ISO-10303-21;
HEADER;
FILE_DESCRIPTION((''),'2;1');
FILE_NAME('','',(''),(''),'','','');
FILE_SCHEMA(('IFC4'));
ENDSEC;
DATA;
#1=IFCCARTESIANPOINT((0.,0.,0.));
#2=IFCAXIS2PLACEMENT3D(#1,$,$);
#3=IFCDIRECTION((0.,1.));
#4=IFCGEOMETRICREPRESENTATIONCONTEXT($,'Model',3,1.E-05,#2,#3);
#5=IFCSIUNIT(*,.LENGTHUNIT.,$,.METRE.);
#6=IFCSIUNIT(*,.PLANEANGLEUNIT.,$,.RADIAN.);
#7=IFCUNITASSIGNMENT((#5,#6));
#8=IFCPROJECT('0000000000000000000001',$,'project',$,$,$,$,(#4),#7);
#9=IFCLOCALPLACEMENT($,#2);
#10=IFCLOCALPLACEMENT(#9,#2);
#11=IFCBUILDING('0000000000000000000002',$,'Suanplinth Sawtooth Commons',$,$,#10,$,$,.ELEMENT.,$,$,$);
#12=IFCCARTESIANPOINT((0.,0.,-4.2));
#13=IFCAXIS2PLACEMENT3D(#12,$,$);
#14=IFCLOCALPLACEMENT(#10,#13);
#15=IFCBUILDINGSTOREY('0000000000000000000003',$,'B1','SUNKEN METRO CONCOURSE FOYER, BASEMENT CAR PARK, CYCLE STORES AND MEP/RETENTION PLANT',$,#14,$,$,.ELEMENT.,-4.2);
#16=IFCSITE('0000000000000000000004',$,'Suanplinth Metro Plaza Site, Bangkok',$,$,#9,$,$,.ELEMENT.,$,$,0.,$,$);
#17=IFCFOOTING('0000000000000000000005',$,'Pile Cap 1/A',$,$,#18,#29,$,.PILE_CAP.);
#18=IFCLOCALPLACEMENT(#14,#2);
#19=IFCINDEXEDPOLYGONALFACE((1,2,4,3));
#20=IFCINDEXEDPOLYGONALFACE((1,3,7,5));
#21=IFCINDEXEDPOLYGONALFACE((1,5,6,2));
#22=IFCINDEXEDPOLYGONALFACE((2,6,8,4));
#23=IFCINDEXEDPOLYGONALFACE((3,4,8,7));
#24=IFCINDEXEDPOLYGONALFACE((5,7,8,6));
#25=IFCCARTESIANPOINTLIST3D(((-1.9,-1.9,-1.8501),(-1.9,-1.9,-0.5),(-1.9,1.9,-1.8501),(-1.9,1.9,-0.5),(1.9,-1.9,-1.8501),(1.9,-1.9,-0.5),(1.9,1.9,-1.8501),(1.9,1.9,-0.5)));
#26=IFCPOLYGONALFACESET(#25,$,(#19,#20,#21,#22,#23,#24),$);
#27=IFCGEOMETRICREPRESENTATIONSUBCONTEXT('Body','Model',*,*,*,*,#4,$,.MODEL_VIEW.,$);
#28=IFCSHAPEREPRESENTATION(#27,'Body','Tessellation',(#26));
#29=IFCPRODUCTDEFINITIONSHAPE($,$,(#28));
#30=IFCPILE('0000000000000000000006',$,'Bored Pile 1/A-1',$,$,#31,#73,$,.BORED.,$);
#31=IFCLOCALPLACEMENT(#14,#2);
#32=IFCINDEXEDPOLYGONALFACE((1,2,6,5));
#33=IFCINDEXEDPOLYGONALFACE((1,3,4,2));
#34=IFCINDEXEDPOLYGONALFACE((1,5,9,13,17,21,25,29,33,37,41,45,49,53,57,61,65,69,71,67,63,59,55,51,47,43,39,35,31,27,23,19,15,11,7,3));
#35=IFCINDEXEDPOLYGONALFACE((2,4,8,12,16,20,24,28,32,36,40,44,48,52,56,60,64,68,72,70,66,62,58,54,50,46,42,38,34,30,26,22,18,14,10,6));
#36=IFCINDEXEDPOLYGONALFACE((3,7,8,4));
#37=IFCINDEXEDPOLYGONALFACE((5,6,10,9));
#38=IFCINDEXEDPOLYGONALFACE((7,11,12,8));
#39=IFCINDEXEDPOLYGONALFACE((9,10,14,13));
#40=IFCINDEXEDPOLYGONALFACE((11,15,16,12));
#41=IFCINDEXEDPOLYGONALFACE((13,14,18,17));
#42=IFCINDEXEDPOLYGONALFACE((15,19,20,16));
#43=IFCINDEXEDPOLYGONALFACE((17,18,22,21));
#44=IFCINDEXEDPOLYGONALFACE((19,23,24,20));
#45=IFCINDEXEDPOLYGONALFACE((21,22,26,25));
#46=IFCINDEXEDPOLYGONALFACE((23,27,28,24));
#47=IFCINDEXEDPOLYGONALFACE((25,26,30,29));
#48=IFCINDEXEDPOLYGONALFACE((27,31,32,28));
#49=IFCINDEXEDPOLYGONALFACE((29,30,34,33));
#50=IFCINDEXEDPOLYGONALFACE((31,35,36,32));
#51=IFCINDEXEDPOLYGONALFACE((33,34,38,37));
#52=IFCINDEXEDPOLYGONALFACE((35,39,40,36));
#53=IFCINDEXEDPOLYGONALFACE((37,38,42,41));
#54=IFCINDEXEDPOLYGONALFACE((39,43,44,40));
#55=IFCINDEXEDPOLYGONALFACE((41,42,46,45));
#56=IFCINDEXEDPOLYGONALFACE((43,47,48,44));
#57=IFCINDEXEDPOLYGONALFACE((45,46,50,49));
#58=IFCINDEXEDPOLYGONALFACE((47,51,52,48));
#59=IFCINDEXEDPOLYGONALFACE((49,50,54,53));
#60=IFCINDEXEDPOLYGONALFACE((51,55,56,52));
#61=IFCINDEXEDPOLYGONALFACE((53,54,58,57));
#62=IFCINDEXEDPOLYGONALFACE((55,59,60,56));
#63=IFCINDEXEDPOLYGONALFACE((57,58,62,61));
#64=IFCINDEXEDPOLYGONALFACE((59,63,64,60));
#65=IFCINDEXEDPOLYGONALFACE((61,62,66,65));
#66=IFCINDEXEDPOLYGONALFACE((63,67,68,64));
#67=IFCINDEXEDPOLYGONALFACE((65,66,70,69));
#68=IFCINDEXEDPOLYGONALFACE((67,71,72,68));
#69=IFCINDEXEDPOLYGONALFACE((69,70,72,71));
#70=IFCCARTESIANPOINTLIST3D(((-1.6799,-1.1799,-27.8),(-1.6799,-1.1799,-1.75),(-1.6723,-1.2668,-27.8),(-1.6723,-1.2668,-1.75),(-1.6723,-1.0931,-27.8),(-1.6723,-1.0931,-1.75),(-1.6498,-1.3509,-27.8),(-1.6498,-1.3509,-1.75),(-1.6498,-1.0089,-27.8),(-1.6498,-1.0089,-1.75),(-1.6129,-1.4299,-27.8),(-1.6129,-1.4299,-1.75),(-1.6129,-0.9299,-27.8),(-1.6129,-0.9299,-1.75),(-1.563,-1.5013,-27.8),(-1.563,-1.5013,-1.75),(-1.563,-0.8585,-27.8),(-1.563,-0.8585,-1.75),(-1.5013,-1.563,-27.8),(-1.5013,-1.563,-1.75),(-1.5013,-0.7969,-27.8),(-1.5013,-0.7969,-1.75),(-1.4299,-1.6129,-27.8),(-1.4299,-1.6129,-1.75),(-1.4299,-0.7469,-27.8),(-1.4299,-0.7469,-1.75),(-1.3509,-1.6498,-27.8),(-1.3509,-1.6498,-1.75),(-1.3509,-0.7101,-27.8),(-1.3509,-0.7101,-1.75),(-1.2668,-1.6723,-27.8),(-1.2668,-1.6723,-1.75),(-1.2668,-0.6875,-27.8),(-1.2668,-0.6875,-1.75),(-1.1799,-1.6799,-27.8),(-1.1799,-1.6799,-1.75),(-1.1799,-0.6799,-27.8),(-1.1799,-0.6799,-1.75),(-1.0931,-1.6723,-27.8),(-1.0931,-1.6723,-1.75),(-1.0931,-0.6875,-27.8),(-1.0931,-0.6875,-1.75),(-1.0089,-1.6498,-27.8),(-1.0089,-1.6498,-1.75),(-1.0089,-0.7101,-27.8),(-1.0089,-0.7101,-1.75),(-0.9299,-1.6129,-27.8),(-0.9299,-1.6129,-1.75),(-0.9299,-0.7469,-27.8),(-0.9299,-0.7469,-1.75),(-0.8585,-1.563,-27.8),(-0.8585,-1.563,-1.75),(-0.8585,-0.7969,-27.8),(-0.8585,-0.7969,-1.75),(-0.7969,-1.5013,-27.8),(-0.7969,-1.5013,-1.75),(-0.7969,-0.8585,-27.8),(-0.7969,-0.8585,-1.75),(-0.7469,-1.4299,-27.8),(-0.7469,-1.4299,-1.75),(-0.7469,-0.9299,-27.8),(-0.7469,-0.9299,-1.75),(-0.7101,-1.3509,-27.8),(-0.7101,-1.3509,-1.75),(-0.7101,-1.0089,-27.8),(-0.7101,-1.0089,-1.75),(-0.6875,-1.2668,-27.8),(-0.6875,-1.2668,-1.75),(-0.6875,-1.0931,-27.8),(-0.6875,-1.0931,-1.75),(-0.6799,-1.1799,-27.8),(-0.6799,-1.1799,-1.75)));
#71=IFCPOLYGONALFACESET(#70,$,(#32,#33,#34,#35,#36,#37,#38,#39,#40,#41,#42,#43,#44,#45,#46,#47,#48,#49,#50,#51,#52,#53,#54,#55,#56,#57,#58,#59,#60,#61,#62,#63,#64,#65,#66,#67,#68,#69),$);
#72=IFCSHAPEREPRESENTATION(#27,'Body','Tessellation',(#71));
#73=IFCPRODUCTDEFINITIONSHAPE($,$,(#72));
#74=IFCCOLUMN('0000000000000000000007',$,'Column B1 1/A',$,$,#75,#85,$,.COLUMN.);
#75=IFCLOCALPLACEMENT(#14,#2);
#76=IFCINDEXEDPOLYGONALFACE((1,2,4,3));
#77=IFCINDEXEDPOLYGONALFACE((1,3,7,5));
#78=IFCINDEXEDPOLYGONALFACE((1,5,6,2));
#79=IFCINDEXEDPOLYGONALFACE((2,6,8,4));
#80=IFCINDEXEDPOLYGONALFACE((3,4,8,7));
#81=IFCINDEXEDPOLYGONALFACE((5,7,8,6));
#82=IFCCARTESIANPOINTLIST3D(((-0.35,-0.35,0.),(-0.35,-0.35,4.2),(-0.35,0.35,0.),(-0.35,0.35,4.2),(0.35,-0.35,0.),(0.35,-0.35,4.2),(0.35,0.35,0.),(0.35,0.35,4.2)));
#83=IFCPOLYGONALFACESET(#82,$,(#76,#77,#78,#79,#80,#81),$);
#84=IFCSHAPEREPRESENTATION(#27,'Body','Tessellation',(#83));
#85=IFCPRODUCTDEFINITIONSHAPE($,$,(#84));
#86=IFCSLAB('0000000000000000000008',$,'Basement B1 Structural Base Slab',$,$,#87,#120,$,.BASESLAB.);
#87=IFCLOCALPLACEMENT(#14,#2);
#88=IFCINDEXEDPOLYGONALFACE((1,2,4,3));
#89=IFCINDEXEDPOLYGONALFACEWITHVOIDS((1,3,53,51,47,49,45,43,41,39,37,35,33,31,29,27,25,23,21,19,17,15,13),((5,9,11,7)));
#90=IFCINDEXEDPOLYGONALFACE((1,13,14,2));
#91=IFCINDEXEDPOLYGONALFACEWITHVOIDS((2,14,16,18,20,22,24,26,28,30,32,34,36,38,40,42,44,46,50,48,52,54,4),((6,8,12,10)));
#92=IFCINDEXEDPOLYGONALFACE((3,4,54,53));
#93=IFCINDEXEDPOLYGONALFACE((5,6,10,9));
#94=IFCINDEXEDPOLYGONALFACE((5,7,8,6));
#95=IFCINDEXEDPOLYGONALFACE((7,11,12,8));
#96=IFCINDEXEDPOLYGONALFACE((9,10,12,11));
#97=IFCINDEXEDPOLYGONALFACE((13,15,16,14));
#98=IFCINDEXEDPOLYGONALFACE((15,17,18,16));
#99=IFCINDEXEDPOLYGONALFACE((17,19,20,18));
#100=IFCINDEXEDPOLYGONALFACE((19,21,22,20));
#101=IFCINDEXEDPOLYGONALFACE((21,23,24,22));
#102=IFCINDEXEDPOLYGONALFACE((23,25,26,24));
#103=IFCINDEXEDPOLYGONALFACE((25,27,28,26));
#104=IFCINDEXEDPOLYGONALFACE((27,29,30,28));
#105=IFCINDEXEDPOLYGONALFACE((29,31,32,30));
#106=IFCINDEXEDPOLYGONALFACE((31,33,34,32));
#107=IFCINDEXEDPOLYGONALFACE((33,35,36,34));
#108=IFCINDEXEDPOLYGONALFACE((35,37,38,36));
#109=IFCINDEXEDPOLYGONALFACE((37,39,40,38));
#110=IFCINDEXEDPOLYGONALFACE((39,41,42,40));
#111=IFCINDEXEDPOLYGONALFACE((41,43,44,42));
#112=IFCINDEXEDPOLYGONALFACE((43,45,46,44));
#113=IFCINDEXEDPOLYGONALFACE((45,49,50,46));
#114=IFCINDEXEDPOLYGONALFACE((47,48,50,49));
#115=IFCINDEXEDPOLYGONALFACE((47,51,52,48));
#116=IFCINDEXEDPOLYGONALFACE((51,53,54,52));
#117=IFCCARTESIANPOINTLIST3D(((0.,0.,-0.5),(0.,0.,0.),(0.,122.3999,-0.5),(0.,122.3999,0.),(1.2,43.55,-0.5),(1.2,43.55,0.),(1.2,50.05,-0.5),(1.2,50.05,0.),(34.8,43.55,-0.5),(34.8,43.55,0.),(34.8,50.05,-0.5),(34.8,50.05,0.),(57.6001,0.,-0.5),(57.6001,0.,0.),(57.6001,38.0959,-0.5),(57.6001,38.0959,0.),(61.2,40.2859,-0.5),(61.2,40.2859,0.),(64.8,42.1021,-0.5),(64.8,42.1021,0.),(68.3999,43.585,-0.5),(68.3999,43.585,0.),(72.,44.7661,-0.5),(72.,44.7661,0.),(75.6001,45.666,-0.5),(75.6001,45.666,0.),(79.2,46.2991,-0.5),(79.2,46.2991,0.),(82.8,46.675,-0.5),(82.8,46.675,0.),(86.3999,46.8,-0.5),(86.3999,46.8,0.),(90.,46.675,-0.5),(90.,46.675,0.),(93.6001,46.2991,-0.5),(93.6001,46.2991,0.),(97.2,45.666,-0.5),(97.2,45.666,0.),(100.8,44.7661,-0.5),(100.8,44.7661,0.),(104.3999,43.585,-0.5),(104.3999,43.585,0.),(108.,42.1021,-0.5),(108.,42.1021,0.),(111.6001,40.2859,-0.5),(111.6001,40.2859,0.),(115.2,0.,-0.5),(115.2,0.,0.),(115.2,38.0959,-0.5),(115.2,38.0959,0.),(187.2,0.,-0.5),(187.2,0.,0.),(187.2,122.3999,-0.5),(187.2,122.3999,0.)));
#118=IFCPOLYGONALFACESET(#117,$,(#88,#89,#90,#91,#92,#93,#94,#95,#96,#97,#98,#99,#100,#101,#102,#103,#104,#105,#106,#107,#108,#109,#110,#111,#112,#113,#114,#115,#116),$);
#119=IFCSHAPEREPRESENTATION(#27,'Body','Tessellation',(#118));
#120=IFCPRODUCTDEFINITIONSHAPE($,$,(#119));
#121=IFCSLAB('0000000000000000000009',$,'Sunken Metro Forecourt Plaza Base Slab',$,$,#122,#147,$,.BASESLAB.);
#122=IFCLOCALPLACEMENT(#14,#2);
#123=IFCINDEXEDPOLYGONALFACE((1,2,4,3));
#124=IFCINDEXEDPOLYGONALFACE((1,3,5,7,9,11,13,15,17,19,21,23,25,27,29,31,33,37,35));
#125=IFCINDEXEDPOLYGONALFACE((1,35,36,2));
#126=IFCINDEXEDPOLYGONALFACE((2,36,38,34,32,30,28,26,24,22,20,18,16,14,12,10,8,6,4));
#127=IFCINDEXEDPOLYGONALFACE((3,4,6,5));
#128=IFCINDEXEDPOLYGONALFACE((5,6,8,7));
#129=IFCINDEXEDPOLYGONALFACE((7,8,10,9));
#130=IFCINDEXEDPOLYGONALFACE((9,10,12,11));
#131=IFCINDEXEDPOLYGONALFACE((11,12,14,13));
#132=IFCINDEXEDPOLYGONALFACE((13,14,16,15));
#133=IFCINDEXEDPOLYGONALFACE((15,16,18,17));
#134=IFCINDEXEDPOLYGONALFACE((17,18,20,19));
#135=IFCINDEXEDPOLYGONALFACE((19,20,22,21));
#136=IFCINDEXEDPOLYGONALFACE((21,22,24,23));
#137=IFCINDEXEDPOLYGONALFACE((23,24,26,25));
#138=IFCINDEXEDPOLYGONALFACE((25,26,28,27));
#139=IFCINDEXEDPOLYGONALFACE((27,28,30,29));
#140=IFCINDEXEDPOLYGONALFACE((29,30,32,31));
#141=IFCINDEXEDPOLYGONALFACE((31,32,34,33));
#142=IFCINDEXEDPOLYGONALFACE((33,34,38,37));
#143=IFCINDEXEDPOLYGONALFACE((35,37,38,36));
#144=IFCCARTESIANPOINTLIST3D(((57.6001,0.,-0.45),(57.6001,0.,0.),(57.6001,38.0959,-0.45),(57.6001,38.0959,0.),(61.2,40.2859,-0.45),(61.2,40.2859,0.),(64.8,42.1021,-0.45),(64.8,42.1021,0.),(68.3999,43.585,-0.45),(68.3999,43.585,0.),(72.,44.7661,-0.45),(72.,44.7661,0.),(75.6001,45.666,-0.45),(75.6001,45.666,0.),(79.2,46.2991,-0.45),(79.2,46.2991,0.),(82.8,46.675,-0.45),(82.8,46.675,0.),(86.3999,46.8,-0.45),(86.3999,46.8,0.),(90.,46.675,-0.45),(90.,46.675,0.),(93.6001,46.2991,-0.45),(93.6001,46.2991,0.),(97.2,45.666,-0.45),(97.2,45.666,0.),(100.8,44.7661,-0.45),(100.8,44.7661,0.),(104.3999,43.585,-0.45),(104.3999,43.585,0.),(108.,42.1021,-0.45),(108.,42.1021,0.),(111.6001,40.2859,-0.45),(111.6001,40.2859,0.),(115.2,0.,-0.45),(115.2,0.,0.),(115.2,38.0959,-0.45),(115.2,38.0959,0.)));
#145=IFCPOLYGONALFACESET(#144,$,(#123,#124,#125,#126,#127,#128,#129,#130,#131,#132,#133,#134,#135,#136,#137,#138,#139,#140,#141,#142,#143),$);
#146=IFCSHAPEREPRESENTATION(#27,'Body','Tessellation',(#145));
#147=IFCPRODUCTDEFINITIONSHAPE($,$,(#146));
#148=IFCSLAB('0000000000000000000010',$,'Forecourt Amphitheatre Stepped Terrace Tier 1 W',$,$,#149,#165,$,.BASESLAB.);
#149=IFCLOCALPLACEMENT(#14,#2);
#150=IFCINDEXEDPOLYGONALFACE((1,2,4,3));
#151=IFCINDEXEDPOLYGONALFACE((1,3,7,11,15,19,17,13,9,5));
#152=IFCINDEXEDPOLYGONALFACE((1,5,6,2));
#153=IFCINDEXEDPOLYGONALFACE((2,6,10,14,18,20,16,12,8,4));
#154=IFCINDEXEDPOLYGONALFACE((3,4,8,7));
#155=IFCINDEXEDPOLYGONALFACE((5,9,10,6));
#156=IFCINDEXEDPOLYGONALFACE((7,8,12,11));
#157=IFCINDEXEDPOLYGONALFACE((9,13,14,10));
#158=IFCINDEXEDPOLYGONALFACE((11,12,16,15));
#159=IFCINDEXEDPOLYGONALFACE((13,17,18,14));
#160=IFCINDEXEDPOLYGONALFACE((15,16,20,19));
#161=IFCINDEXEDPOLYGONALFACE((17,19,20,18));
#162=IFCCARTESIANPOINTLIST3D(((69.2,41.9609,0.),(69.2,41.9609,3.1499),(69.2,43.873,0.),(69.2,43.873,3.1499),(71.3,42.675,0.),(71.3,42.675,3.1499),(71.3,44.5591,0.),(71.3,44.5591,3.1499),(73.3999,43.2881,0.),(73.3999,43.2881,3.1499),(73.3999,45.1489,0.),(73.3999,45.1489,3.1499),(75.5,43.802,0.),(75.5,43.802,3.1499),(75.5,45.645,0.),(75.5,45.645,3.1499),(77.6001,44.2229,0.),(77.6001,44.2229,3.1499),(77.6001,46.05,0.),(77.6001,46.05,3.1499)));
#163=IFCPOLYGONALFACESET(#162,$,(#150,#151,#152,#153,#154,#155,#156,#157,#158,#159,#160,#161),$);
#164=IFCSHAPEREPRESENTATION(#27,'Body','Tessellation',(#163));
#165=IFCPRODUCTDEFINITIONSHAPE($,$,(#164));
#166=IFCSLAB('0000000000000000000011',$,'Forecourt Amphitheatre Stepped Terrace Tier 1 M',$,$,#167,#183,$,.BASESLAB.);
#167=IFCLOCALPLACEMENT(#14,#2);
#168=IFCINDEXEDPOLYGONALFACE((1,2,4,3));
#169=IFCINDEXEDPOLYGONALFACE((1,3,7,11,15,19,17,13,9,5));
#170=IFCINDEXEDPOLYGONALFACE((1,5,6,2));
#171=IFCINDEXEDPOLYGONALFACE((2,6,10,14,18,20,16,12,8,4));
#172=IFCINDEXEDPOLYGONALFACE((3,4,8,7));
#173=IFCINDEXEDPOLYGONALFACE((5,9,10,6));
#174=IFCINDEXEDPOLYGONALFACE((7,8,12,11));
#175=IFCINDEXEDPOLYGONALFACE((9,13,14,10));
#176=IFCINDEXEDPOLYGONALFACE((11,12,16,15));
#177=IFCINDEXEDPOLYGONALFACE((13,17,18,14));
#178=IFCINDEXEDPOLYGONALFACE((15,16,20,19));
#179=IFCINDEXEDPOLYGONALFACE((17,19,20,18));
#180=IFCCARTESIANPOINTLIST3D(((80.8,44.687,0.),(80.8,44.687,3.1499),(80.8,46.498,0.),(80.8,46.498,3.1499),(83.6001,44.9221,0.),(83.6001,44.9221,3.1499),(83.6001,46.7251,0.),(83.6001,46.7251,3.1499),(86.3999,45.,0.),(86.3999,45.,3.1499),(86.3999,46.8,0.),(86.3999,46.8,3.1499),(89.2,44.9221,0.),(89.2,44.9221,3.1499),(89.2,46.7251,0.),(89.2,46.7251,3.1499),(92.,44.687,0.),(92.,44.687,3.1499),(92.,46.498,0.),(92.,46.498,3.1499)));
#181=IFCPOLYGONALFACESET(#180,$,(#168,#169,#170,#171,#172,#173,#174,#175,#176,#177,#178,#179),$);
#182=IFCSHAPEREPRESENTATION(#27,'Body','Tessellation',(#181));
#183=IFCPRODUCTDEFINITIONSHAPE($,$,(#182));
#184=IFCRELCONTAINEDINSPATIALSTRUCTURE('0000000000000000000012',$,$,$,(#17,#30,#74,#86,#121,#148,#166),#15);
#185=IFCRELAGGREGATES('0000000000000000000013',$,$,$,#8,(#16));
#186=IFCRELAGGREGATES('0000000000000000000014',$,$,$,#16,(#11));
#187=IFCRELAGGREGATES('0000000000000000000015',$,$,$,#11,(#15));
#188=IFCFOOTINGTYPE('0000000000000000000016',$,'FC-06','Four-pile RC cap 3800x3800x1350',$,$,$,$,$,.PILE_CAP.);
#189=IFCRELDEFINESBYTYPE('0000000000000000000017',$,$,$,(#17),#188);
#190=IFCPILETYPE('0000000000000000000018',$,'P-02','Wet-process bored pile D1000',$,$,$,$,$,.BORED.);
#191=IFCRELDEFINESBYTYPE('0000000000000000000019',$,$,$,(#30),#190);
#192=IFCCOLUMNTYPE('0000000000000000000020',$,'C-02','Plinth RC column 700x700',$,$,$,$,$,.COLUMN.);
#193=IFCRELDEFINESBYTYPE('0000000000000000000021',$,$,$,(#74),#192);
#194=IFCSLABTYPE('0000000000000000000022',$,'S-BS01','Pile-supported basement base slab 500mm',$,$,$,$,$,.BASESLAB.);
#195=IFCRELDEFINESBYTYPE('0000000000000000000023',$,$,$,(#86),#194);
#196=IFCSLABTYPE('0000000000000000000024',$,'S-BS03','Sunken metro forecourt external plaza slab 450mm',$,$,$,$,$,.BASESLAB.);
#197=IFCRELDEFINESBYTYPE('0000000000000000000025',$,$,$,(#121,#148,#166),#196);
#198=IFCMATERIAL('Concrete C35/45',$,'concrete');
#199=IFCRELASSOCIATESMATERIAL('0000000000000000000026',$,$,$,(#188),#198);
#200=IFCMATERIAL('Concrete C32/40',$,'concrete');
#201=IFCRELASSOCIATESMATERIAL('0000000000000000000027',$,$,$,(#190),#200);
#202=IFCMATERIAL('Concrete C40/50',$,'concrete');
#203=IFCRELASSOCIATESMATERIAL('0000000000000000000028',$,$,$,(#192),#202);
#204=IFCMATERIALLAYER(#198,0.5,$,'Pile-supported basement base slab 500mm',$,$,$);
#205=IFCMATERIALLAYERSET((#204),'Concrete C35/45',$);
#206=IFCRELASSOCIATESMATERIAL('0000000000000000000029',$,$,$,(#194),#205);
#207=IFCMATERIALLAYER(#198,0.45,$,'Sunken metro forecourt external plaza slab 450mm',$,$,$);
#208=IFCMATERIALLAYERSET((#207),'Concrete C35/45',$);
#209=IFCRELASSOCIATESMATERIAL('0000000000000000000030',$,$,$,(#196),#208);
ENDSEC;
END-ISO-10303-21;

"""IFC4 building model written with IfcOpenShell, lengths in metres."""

from ifc_helpers import new_model, si_unit, direction, frame, origin, origin_with_axes, origin_2d, place, context, subcontext, project, spatial, polyline, rectangle, circle, outline, extrude, material, layer, layer_set, material_profile, profile_set, type_object, element, save


model = new_model("IFC4")

# Units and contexts
model_context = context("Model", 3, precision=1e-05, world=origin(), true_north=direction((0.0, 1.0)))
body_context = subcontext(model_context, "Body", "Model", "MODEL_VIEW")
ifc_project = project(units=[si_unit("LENGTHUNIT", "METRE"), si_unit("PLANEANGLEUNIT", "RADIAN")], contexts=[model_context])

# Site, building, storey
site_placement = place(None, origin())
site = spatial("IfcSite", under=ifc_project, at=site_placement, Name="Suanplinth Metro Plaza Site, Bangkok", CompositionType="ELEMENT", RefElevation=0.0)
building_placement = place(site_placement, origin())
building = spatial("IfcBuilding", under=site, at=building_placement, Name="Suanplinth Sawtooth Commons", CompositionType="ELEMENT")
storey_placement = place(building_placement, frame((0.0, 0.0, -4.2)))
storey = spatial("IfcBuildingStorey", under=building, at=storey_placement, Name="B1", Description="SUNKEN METRO CONCOURSE FOYER, BASEMENT CAR PARK, CYCLE STORES AND MEP/RETENTION PLANT", CompositionType="ELEMENT", Elevation=-4.2)

# Footing
ifc_material_1 = material(Name="Concrete C35/45", Category="concrete")
footing_type = type_object("IfcFootingType", Name="FC-06", Description="Four-pile RC cap 3800x3800x1350", PredefinedType="PILE_CAP", material=ifc_material_1)
footing_placement = place(storey_placement, frame((0.0, 0.0, -1.8501), z_axis=(0.0, 0.0, 1.0), x_axis=(1.0, 0.0, 0.0)))
element("IfcFooting", 1, at=footing_placement, inside=storey, type_object=footing_type, Name="Pile Cap 1/A", PredefinedType="PILE_CAP", context=body_context, shape_type="SweptSolid", body=[
    extrude(rectangle(XDim=3.8, YDim=3.8, at=origin_2d()), origin(), (0.0, 0.0, 1.0), 1.3501),
])

# Pile
ifc_material_2 = material(Name="Concrete C32/40", Category="concrete")
ifc_material_profile_1 = material_profile(ifc_material_2, circle(Radius=0.5, at=origin_2d()), Name="PILE D1000")
ifc_profile_set_1 = profile_set([ifc_material_profile_1], Name="Concrete C32/40")
pile_type = type_object("IfcPileType", Name="P-02", Description="Wet-process bored pile D1000", PredefinedType="BORED", material=ifc_profile_set_1)
pile_placement = place(storey_placement, frame((-1.1799, -1.1799, -1.75), z_axis=(0.0, 0.0, -1.0), x_axis=(1.0, 0.0, 0.0)))
element("IfcPile", 2, at=pile_placement, inside=storey, type_object=pile_type, Name="Bored Pile 1/A-1", PredefinedType="BORED", context=body_context, shape_type="SweptSolid", body=[
    extrude(circle(Radius=0.5, at=origin_2d()), origin(), (0.0, 0.0, 1.0), 26.05),
])

# Column
ifc_material_3 = material(Name="Concrete C40/50", Category="concrete")
ifc_material_profile_2 = material_profile(ifc_material_3, rectangle(XDim=0.7, YDim=0.7, at=origin_2d()), Name="RC-COL 700x700")
ifc_profile_set_2 = profile_set([ifc_material_profile_2], Name="Concrete C40/50")
column_type = type_object("IfcColumnType", Name="C-02", Description="Plinth RC column 700x700", PredefinedType="COLUMN", material=ifc_profile_set_2)
column_placement = place(storey_placement, origin_with_axes())
element("IfcColumn", 3, at=column_placement, inside=storey, type_object=column_type, Name="Column B1 1/A", PredefinedType="COLUMN", context=body_context, shape_type="SweptSolid", body=[
    extrude(rectangle(XDim=0.7, YDim=0.7, at=origin_2d()), origin(), (0.0, 0.0, 1.0), 4.2),
])

# Slabs
ifc_layer_1 = layer(ifc_material_1, 0.5, Name="Pile-supported basement base slab 500mm")
ifc_layer_set_1 = layer_set([ifc_layer_1], Name="Concrete C35/45")
slab_type_1 = type_object("IfcSlabType", Name="S-BS01", Description="Pile-supported basement base slab 500mm", PredefinedType="BASESLAB", material=ifc_layer_set_1)
slab_1_placement = place(storey_placement, frame((0.0, 0.0, -0.5)))
element("IfcSlab", 4, at=slab_1_placement, inside=storey, type_object=slab_type_1, Name="Basement B1 Structural Base Slab", PredefinedType="BASESLAB", context=body_context, shape_type="SweptSolid", body=[
    extrude(outline(polyline([(0.0, 0.0), (57.6001, 0.0), (57.6001, 38.0959), (61.2, 40.2859), (64.8, 42.1021), (68.3999, 43.585), (72.0, 44.7661), (75.6001, 45.666), (79.2, 46.2991), (82.8, 46.675), (86.3999, 46.8), (90.0, 46.675), (93.6001, 46.2991), (97.2, 45.666), (100.8, 44.7661), (104.3999, 43.585), (108.0, 42.1021), (111.6001, 40.2859), (115.2, 38.0959), (115.2, 0.0), (187.2, 0.0), (187.2, 122.3999), (0.0, 122.3999), (0.0, 0.0)]), holes=[polyline([(1.2, 43.55), (34.8, 43.55), (34.8, 50.05), (1.2, 50.05), (1.2, 43.55)])]), origin(), (0.0, 0.0, 1.0), 0.5),
])
ifc_layer_2 = layer(ifc_material_1, 0.45, Name="Sunken metro forecourt external plaza slab 450mm")
ifc_layer_set_2 = layer_set([ifc_layer_2], Name="Concrete C35/45")
slab_type_2 = type_object("IfcSlabType", Name="S-BS03", Description="Sunken metro forecourt external plaza slab 450mm", PredefinedType="BASESLAB", material=ifc_layer_set_2)
slab_2_placement = place(storey_placement, frame((0.0, 0.0, -0.45)))
element("IfcSlab", 5, at=slab_2_placement, inside=storey, type_object=slab_type_2, Name="Sunken Metro Forecourt Plaza Base Slab", PredefinedType="BASESLAB", context=body_context, shape_type="SweptSolid", body=[
    extrude(outline(polyline([(57.6001, 0.0), (115.2, 0.0), (115.2, 38.0959), (111.6001, 40.2859), (108.0, 42.1021), (104.3999, 43.585), (100.8, 44.7661), (97.2, 45.666), (93.6001, 46.2991), (90.0, 46.675), (86.3999, 46.8), (82.8, 46.675), (79.2, 46.2991), (75.6001, 45.666), (72.0, 44.7661), (68.3999, 43.585), (64.8, 42.1021), (61.2, 40.2859), (57.6001, 38.0959), (57.6001, 0.0)])), origin(), (0.0, 0.0, 1.0), 0.45),
])
slab_3_placement = place(storey_placement, origin())
element("IfcSlab", 6, at=slab_3_placement, inside=storey, type_object=slab_type_2, Name="Forecourt Amphitheatre Stepped Terrace Tier 1 W", PredefinedType="BASESLAB", context=body_context, shape_type="SweptSolid", body=[
    extrude(outline(polyline([(69.2, 41.9609), (71.3, 42.675), (73.3999, 43.2881), (75.5, 43.802), (77.6001, 44.2229), (77.6001, 46.05), (75.5, 45.645), (73.3999, 45.1489), (71.3, 44.5591), (69.2, 43.873), (69.2, 41.9609)])), origin(), (0.0, 0.0, 1.0), 3.1499),
])
slab_4_placement = place(storey_placement, origin())
element("IfcSlab", 7, at=slab_4_placement, inside=storey, type_object=slab_type_2, Name="Forecourt Amphitheatre Stepped Terrace Tier 1 M", PredefinedType="BASESLAB", context=body_context, shape_type="SweptSolid", body=[
    extrude(outline(polyline([(80.8, 44.687), (83.6001, 44.9221), (86.3999, 45.0), (89.2, 44.9221), (92.0, 44.687), (92.0, 46.498), (89.2, 46.7251), (86.3999, 46.8), (83.6001, 46.7251), (80.8, 46.498), (80.8, 44.687)])), origin(), (0.0, 0.0, 1.0), 3.1499),
])

save(model, "model.ifc")
